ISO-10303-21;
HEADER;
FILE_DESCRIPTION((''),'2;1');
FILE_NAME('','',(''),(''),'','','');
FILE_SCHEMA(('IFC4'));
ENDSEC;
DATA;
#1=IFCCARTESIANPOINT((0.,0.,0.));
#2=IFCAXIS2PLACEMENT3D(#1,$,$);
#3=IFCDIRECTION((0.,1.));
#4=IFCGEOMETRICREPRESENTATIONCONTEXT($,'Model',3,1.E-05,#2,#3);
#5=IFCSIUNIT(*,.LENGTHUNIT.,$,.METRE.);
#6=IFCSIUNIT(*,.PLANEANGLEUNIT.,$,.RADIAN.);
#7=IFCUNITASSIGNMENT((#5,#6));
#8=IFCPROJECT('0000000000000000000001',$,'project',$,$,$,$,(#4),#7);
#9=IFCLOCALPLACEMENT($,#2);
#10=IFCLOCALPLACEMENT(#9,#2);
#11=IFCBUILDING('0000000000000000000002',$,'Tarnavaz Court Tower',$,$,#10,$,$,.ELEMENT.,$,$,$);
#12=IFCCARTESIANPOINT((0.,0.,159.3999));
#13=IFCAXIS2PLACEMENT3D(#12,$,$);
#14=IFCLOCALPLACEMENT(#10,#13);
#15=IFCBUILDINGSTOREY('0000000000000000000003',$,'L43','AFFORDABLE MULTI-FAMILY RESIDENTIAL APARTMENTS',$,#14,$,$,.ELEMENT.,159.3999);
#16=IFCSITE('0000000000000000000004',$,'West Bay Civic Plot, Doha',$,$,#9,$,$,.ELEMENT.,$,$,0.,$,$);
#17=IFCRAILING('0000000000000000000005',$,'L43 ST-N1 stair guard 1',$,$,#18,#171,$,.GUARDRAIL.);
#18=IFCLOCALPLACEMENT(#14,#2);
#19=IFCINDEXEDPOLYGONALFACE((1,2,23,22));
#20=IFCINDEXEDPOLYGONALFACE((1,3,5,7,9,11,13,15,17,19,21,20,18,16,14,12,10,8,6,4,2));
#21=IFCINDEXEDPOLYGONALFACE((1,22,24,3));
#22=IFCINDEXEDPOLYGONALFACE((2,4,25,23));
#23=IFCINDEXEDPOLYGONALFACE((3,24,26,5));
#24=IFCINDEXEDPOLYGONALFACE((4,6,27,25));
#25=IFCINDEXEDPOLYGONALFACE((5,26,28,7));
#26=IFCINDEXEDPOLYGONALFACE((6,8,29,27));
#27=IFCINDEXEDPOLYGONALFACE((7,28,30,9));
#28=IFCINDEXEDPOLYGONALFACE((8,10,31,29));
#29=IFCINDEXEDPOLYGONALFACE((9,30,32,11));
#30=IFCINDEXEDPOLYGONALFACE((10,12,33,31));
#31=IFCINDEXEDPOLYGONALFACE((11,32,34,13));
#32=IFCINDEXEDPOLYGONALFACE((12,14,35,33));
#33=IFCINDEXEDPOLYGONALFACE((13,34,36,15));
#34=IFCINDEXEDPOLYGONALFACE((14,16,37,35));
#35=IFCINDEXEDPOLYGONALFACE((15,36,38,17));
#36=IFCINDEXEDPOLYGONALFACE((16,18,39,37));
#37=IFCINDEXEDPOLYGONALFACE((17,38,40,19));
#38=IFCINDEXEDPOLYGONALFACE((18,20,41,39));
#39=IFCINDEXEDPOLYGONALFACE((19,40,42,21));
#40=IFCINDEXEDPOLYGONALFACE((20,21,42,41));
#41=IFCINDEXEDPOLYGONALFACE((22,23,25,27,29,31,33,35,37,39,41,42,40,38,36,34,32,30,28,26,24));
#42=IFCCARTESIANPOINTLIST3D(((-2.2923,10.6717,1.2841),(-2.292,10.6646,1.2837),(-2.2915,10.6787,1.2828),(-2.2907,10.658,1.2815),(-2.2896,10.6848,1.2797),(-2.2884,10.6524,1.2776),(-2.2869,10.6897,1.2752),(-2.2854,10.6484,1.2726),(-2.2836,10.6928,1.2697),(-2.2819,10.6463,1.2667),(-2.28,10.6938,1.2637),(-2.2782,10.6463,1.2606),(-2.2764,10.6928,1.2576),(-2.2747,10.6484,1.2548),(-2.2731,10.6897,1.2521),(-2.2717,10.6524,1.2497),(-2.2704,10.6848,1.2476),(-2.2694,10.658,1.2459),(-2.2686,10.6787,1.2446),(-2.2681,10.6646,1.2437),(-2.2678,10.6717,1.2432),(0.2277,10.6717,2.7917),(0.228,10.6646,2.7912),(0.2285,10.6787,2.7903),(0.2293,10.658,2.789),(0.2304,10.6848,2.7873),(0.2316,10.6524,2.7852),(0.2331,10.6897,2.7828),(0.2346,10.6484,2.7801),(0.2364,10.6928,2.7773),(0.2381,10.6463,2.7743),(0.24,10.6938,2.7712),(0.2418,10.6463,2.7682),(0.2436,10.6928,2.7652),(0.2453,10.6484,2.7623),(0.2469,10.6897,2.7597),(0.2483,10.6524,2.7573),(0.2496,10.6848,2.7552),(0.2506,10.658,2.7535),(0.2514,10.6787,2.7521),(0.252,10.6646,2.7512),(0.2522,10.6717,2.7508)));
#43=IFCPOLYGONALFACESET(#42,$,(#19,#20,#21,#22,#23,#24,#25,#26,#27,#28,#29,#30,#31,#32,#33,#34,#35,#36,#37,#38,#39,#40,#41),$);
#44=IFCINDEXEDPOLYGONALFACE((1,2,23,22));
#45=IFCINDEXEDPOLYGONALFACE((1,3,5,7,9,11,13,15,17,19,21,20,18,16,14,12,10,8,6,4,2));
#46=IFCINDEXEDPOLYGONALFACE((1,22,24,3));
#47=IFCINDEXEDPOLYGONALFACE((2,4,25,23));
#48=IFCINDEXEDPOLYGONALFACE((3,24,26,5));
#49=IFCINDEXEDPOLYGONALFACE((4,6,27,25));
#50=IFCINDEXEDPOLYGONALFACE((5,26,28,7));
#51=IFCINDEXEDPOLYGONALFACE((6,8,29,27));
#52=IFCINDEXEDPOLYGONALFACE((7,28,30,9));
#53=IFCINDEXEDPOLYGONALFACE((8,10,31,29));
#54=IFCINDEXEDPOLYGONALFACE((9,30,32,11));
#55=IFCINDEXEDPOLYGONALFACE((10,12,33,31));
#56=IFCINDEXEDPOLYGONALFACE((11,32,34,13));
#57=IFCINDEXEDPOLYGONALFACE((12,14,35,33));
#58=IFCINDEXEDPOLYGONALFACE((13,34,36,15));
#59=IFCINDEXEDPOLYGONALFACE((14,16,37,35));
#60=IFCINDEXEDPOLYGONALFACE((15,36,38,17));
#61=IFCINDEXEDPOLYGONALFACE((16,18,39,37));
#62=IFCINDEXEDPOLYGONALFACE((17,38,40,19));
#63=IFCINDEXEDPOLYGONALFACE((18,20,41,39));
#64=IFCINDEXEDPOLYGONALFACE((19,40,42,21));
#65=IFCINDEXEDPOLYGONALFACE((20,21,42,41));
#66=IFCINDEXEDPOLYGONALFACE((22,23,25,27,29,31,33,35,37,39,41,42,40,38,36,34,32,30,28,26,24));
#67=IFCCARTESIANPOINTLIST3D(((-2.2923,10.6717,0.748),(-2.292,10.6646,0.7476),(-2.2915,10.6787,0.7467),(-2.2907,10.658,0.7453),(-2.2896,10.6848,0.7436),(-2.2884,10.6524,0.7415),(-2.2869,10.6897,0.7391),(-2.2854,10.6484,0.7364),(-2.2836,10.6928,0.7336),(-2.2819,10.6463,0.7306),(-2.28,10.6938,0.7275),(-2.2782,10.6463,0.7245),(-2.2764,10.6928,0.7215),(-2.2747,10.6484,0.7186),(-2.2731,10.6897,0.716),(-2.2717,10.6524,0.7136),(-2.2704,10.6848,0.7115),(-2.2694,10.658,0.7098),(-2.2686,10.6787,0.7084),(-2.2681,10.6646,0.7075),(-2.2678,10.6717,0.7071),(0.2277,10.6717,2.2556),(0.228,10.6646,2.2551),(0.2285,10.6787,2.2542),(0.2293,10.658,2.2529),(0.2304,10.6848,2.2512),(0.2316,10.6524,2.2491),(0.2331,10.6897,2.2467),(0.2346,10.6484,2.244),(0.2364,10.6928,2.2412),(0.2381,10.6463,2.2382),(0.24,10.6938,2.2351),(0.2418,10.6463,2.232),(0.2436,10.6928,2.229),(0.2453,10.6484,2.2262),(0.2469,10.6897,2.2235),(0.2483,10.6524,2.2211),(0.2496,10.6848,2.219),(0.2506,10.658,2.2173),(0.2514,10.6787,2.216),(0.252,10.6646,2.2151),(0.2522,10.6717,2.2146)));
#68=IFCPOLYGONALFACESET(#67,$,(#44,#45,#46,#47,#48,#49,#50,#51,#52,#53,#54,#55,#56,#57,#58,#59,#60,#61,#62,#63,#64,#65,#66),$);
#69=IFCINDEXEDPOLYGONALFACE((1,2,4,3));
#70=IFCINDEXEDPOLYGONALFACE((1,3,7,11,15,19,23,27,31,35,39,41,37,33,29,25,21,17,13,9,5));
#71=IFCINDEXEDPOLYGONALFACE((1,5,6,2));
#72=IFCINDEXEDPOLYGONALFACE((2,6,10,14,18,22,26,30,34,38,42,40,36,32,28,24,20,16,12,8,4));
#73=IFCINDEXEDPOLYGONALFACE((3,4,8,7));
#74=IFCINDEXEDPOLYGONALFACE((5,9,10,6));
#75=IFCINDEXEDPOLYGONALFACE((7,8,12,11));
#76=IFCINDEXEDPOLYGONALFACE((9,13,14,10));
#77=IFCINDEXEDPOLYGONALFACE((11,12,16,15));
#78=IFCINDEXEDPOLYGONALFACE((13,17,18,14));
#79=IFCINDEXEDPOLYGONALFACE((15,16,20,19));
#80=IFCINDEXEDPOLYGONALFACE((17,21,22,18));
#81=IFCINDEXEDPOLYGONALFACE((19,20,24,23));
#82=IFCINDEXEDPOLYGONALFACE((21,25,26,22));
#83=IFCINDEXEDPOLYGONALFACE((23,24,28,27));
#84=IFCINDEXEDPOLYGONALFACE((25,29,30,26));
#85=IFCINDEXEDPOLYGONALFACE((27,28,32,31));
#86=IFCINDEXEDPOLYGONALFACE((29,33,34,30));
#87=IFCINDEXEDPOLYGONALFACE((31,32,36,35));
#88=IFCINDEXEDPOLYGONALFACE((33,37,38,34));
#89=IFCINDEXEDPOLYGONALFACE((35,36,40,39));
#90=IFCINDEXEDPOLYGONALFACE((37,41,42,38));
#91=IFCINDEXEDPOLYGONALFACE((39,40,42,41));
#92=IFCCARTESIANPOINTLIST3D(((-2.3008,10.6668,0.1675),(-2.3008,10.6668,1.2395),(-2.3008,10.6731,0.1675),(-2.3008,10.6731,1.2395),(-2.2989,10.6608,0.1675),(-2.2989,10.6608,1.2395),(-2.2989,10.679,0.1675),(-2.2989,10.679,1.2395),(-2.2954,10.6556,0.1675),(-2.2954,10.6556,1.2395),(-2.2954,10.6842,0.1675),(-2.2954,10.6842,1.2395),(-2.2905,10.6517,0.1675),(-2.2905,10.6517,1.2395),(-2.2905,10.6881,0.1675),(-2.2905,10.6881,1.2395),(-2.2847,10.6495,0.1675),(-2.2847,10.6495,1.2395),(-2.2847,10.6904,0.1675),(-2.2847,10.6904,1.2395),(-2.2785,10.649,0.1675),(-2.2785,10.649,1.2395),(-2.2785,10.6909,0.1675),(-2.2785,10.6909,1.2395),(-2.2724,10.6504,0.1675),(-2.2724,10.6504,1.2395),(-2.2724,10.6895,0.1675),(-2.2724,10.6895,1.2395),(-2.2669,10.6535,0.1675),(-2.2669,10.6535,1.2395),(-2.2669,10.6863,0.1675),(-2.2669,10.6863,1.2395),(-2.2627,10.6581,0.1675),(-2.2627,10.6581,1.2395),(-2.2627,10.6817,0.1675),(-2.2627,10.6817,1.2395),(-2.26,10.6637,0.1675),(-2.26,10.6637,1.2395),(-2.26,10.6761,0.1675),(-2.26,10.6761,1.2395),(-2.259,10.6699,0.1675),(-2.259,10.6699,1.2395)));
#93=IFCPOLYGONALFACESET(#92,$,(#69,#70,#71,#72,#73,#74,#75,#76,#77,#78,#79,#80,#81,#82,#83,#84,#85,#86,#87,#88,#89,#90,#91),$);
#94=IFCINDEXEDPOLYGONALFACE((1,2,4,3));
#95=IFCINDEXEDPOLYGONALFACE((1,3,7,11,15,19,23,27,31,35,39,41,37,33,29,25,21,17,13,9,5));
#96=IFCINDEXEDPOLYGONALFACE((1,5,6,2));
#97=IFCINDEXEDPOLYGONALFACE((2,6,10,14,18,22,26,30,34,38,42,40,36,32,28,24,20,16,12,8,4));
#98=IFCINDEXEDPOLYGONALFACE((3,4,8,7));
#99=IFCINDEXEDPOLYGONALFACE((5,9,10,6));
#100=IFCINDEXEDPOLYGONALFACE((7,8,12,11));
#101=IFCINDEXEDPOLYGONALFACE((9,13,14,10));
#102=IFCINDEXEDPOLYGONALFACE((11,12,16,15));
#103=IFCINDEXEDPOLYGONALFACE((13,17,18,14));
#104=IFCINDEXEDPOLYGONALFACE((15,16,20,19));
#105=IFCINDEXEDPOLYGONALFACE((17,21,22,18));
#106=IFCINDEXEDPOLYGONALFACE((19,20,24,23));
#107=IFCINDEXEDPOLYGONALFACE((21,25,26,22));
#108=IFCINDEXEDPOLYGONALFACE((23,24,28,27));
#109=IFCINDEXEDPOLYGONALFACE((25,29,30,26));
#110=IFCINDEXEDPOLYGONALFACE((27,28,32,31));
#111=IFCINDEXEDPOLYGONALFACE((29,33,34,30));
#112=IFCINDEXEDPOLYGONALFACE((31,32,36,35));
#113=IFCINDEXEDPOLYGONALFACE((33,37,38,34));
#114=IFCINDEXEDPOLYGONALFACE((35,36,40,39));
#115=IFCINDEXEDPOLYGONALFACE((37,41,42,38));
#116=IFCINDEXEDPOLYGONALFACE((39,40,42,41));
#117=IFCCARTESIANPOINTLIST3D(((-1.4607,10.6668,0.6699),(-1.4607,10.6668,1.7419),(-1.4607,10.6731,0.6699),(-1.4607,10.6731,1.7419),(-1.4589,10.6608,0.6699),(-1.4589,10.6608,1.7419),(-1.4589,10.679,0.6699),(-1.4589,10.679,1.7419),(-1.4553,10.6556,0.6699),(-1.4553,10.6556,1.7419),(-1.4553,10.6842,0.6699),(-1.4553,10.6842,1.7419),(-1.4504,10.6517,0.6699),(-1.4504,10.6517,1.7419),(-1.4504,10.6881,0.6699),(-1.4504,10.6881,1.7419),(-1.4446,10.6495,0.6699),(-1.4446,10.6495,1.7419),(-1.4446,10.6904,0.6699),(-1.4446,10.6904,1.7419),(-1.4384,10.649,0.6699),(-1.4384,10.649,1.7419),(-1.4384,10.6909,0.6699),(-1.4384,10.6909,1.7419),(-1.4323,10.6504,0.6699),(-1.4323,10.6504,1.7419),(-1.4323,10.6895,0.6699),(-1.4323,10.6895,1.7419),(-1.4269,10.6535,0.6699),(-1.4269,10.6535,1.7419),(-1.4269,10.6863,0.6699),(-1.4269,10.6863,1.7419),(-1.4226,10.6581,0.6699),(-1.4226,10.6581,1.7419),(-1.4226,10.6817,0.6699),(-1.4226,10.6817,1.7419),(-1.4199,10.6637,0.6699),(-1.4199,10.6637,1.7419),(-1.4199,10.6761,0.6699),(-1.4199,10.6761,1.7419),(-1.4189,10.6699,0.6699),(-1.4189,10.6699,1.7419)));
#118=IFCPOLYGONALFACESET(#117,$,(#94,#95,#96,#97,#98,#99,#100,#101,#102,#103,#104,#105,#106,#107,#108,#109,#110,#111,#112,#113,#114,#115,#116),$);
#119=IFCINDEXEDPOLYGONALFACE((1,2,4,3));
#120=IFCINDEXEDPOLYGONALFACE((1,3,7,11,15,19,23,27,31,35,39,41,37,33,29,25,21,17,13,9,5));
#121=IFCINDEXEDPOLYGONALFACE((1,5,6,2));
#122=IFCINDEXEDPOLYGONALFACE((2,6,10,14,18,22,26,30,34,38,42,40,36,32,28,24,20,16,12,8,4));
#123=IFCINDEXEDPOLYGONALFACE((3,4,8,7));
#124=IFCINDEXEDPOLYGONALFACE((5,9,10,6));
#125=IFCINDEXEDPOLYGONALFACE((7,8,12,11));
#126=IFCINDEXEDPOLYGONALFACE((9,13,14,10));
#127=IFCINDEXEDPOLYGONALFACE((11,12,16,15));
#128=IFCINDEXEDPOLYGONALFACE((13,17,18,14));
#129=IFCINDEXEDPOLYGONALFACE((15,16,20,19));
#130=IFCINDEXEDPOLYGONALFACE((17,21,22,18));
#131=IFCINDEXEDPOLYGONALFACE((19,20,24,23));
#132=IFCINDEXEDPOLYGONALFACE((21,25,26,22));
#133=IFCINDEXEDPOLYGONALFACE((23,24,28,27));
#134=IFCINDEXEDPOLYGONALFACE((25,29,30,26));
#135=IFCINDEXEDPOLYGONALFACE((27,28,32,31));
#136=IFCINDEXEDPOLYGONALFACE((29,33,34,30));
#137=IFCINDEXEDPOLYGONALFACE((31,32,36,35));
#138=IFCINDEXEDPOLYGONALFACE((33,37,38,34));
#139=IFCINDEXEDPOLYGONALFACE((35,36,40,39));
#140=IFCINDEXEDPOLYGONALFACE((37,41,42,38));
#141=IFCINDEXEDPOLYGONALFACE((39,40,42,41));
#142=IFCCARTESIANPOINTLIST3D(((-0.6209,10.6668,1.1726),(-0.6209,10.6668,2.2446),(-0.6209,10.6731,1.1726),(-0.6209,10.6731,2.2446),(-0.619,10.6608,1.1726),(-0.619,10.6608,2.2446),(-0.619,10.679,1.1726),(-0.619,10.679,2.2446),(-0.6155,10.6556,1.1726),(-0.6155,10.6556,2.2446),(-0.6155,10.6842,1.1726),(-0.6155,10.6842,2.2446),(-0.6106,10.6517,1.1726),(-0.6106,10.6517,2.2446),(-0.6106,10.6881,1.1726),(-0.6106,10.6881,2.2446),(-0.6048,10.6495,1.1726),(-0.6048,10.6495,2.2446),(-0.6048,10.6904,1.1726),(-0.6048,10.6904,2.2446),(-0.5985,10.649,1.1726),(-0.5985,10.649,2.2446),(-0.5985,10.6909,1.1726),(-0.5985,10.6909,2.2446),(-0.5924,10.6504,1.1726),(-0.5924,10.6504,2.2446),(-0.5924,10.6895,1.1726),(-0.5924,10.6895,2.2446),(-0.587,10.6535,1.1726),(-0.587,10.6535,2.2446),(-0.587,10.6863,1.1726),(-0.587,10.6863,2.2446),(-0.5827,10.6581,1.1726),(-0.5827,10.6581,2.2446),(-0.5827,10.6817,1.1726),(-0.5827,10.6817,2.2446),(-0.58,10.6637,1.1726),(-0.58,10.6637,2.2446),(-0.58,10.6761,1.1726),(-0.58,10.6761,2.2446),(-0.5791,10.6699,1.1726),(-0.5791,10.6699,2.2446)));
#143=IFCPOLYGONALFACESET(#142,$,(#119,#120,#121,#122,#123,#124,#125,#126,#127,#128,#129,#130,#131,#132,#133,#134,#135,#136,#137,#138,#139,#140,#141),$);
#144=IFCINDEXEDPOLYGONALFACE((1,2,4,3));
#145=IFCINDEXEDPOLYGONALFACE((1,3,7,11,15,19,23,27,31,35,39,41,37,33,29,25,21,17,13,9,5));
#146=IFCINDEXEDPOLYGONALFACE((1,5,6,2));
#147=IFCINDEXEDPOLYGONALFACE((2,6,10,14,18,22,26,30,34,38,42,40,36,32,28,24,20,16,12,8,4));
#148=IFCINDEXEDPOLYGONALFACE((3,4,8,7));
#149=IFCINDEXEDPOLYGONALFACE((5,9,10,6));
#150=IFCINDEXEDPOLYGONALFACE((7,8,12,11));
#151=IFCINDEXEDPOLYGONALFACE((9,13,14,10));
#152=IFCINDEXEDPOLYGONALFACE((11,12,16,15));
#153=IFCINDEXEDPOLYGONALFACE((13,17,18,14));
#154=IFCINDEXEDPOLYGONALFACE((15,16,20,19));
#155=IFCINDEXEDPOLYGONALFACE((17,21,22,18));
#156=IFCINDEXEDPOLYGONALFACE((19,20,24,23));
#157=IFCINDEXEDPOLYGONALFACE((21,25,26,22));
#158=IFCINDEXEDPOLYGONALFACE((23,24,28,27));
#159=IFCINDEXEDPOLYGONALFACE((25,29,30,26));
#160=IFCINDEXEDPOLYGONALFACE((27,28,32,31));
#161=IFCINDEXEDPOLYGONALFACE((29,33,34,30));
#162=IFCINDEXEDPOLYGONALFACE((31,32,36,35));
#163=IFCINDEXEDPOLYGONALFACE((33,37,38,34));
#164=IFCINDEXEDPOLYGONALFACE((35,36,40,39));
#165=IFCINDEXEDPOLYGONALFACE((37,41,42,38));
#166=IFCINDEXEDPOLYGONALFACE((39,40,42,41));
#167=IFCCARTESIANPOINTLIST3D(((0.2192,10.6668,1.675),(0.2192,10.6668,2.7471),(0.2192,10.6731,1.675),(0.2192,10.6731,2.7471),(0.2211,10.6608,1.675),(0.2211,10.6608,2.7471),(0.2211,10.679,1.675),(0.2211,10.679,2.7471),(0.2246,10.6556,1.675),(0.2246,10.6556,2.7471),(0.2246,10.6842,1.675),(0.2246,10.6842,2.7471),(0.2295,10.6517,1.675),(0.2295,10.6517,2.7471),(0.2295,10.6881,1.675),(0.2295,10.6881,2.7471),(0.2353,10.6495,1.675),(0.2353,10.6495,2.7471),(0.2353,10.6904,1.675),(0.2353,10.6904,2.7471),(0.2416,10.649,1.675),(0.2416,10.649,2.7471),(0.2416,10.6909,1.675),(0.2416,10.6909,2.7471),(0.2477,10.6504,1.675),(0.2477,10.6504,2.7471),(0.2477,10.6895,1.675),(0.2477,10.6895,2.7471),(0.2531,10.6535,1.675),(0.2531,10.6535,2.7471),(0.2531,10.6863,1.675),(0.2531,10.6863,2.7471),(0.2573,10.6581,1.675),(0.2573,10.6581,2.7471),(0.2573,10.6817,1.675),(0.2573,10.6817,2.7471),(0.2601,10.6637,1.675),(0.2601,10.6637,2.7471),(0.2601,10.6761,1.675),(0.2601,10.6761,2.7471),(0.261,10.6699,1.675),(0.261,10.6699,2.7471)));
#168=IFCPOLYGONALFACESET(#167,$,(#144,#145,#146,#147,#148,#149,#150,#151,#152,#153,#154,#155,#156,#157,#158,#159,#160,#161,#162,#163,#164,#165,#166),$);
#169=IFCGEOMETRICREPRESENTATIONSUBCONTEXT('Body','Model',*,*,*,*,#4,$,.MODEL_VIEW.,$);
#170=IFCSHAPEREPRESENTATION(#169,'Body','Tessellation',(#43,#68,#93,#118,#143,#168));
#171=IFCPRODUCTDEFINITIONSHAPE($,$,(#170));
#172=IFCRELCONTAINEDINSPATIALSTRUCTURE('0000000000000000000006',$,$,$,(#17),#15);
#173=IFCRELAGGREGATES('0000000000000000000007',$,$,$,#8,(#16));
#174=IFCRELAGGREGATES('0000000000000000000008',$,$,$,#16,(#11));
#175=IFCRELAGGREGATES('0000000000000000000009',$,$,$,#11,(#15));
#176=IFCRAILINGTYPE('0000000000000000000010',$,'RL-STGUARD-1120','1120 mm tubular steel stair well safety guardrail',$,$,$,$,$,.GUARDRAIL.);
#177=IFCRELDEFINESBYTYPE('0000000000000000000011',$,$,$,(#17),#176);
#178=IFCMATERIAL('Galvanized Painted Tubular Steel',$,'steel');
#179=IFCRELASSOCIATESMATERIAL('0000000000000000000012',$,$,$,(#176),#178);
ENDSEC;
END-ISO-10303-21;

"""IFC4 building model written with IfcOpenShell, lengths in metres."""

from ifc_helpers import new_model, si_unit, direction, frame, origin, origin_2d, place, context, subcontext, project, spatial, circle, extrude, material, type_object, element, save


model = new_model("IFC4")

# Units and contexts
model_context = context("Model", 3, precision=1e-05, world=origin(), true_north=direction((0.0, 1.0)))
body_context = subcontext(model_context, "Body", "Model", "MODEL_VIEW")
ifc_project = project(units=[si_unit("LENGTHUNIT", "METRE"), si_unit("PLANEANGLEUNIT", "RADIAN")], contexts=[model_context])

# Site, building, storey
site_placement = place(None, origin())
site = spatial("IfcSite", under=ifc_project, at=site_placement, Name="West Bay Civic Plot, Doha", CompositionType="ELEMENT", RefElevation=0.0)
building_placement = place(site_placement, origin())
building = spatial("IfcBuilding", under=site, at=building_placement, Name="Tarnavaz Court Tower", CompositionType="ELEMENT")
storey_placement = place(building_placement, frame((0.0, 0.0, 159.3999)))
storey = spatial("IfcBuildingStorey", under=building, at=storey_placement, Name="L43", Description="AFFORDABLE MULTI-FAMILY RESIDENTIAL APARTMENTS", CompositionType="ELEMENT", Elevation=159.3999)

# Railing
ifc_material_1 = material(Name="Galvanized Painted Tubular Steel", Category="steel")
railing_type_1 = type_object("IfcRailingType", Name="RL-STGUARD-1120", Description="1120 mm tubular steel stair well safety guardrail", PredefinedType="GUARDRAIL", material=ifc_material_1)
railing_1_placement = place(storey_placement, frame((-2.28, 10.6699, 0.1675)))
element("IfcRailing", 1, at=railing_1_placement, inside=storey, type_object=railing_type_1, Name="L43 ST-N1 stair guard 1", PredefinedType="GUARDRAIL", context=body_context, shape_type="SweptSolid", body=[
    extrude(circle(Radius=0.0239, at=origin_2d()), frame((0.0, 0.0, 1.0962), z_axis=(0.85816, 0.0, 0.513383), x_axis=(0.0, 1.0, 0.0)), (0.0, 0.0, 1.0), 2.9365),
    extrude(circle(Radius=0.0239, at=origin_2d()), frame((0.0, 0.0, 0.5601), z_axis=(0.85816, 0.0, 0.513383), x_axis=(0.0, 1.0, 0.0)), (0.0, 0.0, 1.0), 2.9365),
    extrude(circle(Radius=0.021, at=origin_2d()), origin(), (0.0, 0.0, 1.0), 1.072),
    extrude(circle(Radius=0.021, at=origin_2d()), frame((0.8401, 0.0, 0.5024)), (0.0, 0.0, 1.0), 1.072),
    extrude(circle(Radius=0.021, at=origin_2d()), frame((1.6799, 0.0, 1.0051)), (0.0, 0.0, 1.0), 1.072),
    extrude(circle(Radius=0.021, at=origin_2d()), frame((2.52, 0.0, 1.5076)), (0.0, 0.0, 1.0), 1.072),
])

save(model, "model.ifc")
